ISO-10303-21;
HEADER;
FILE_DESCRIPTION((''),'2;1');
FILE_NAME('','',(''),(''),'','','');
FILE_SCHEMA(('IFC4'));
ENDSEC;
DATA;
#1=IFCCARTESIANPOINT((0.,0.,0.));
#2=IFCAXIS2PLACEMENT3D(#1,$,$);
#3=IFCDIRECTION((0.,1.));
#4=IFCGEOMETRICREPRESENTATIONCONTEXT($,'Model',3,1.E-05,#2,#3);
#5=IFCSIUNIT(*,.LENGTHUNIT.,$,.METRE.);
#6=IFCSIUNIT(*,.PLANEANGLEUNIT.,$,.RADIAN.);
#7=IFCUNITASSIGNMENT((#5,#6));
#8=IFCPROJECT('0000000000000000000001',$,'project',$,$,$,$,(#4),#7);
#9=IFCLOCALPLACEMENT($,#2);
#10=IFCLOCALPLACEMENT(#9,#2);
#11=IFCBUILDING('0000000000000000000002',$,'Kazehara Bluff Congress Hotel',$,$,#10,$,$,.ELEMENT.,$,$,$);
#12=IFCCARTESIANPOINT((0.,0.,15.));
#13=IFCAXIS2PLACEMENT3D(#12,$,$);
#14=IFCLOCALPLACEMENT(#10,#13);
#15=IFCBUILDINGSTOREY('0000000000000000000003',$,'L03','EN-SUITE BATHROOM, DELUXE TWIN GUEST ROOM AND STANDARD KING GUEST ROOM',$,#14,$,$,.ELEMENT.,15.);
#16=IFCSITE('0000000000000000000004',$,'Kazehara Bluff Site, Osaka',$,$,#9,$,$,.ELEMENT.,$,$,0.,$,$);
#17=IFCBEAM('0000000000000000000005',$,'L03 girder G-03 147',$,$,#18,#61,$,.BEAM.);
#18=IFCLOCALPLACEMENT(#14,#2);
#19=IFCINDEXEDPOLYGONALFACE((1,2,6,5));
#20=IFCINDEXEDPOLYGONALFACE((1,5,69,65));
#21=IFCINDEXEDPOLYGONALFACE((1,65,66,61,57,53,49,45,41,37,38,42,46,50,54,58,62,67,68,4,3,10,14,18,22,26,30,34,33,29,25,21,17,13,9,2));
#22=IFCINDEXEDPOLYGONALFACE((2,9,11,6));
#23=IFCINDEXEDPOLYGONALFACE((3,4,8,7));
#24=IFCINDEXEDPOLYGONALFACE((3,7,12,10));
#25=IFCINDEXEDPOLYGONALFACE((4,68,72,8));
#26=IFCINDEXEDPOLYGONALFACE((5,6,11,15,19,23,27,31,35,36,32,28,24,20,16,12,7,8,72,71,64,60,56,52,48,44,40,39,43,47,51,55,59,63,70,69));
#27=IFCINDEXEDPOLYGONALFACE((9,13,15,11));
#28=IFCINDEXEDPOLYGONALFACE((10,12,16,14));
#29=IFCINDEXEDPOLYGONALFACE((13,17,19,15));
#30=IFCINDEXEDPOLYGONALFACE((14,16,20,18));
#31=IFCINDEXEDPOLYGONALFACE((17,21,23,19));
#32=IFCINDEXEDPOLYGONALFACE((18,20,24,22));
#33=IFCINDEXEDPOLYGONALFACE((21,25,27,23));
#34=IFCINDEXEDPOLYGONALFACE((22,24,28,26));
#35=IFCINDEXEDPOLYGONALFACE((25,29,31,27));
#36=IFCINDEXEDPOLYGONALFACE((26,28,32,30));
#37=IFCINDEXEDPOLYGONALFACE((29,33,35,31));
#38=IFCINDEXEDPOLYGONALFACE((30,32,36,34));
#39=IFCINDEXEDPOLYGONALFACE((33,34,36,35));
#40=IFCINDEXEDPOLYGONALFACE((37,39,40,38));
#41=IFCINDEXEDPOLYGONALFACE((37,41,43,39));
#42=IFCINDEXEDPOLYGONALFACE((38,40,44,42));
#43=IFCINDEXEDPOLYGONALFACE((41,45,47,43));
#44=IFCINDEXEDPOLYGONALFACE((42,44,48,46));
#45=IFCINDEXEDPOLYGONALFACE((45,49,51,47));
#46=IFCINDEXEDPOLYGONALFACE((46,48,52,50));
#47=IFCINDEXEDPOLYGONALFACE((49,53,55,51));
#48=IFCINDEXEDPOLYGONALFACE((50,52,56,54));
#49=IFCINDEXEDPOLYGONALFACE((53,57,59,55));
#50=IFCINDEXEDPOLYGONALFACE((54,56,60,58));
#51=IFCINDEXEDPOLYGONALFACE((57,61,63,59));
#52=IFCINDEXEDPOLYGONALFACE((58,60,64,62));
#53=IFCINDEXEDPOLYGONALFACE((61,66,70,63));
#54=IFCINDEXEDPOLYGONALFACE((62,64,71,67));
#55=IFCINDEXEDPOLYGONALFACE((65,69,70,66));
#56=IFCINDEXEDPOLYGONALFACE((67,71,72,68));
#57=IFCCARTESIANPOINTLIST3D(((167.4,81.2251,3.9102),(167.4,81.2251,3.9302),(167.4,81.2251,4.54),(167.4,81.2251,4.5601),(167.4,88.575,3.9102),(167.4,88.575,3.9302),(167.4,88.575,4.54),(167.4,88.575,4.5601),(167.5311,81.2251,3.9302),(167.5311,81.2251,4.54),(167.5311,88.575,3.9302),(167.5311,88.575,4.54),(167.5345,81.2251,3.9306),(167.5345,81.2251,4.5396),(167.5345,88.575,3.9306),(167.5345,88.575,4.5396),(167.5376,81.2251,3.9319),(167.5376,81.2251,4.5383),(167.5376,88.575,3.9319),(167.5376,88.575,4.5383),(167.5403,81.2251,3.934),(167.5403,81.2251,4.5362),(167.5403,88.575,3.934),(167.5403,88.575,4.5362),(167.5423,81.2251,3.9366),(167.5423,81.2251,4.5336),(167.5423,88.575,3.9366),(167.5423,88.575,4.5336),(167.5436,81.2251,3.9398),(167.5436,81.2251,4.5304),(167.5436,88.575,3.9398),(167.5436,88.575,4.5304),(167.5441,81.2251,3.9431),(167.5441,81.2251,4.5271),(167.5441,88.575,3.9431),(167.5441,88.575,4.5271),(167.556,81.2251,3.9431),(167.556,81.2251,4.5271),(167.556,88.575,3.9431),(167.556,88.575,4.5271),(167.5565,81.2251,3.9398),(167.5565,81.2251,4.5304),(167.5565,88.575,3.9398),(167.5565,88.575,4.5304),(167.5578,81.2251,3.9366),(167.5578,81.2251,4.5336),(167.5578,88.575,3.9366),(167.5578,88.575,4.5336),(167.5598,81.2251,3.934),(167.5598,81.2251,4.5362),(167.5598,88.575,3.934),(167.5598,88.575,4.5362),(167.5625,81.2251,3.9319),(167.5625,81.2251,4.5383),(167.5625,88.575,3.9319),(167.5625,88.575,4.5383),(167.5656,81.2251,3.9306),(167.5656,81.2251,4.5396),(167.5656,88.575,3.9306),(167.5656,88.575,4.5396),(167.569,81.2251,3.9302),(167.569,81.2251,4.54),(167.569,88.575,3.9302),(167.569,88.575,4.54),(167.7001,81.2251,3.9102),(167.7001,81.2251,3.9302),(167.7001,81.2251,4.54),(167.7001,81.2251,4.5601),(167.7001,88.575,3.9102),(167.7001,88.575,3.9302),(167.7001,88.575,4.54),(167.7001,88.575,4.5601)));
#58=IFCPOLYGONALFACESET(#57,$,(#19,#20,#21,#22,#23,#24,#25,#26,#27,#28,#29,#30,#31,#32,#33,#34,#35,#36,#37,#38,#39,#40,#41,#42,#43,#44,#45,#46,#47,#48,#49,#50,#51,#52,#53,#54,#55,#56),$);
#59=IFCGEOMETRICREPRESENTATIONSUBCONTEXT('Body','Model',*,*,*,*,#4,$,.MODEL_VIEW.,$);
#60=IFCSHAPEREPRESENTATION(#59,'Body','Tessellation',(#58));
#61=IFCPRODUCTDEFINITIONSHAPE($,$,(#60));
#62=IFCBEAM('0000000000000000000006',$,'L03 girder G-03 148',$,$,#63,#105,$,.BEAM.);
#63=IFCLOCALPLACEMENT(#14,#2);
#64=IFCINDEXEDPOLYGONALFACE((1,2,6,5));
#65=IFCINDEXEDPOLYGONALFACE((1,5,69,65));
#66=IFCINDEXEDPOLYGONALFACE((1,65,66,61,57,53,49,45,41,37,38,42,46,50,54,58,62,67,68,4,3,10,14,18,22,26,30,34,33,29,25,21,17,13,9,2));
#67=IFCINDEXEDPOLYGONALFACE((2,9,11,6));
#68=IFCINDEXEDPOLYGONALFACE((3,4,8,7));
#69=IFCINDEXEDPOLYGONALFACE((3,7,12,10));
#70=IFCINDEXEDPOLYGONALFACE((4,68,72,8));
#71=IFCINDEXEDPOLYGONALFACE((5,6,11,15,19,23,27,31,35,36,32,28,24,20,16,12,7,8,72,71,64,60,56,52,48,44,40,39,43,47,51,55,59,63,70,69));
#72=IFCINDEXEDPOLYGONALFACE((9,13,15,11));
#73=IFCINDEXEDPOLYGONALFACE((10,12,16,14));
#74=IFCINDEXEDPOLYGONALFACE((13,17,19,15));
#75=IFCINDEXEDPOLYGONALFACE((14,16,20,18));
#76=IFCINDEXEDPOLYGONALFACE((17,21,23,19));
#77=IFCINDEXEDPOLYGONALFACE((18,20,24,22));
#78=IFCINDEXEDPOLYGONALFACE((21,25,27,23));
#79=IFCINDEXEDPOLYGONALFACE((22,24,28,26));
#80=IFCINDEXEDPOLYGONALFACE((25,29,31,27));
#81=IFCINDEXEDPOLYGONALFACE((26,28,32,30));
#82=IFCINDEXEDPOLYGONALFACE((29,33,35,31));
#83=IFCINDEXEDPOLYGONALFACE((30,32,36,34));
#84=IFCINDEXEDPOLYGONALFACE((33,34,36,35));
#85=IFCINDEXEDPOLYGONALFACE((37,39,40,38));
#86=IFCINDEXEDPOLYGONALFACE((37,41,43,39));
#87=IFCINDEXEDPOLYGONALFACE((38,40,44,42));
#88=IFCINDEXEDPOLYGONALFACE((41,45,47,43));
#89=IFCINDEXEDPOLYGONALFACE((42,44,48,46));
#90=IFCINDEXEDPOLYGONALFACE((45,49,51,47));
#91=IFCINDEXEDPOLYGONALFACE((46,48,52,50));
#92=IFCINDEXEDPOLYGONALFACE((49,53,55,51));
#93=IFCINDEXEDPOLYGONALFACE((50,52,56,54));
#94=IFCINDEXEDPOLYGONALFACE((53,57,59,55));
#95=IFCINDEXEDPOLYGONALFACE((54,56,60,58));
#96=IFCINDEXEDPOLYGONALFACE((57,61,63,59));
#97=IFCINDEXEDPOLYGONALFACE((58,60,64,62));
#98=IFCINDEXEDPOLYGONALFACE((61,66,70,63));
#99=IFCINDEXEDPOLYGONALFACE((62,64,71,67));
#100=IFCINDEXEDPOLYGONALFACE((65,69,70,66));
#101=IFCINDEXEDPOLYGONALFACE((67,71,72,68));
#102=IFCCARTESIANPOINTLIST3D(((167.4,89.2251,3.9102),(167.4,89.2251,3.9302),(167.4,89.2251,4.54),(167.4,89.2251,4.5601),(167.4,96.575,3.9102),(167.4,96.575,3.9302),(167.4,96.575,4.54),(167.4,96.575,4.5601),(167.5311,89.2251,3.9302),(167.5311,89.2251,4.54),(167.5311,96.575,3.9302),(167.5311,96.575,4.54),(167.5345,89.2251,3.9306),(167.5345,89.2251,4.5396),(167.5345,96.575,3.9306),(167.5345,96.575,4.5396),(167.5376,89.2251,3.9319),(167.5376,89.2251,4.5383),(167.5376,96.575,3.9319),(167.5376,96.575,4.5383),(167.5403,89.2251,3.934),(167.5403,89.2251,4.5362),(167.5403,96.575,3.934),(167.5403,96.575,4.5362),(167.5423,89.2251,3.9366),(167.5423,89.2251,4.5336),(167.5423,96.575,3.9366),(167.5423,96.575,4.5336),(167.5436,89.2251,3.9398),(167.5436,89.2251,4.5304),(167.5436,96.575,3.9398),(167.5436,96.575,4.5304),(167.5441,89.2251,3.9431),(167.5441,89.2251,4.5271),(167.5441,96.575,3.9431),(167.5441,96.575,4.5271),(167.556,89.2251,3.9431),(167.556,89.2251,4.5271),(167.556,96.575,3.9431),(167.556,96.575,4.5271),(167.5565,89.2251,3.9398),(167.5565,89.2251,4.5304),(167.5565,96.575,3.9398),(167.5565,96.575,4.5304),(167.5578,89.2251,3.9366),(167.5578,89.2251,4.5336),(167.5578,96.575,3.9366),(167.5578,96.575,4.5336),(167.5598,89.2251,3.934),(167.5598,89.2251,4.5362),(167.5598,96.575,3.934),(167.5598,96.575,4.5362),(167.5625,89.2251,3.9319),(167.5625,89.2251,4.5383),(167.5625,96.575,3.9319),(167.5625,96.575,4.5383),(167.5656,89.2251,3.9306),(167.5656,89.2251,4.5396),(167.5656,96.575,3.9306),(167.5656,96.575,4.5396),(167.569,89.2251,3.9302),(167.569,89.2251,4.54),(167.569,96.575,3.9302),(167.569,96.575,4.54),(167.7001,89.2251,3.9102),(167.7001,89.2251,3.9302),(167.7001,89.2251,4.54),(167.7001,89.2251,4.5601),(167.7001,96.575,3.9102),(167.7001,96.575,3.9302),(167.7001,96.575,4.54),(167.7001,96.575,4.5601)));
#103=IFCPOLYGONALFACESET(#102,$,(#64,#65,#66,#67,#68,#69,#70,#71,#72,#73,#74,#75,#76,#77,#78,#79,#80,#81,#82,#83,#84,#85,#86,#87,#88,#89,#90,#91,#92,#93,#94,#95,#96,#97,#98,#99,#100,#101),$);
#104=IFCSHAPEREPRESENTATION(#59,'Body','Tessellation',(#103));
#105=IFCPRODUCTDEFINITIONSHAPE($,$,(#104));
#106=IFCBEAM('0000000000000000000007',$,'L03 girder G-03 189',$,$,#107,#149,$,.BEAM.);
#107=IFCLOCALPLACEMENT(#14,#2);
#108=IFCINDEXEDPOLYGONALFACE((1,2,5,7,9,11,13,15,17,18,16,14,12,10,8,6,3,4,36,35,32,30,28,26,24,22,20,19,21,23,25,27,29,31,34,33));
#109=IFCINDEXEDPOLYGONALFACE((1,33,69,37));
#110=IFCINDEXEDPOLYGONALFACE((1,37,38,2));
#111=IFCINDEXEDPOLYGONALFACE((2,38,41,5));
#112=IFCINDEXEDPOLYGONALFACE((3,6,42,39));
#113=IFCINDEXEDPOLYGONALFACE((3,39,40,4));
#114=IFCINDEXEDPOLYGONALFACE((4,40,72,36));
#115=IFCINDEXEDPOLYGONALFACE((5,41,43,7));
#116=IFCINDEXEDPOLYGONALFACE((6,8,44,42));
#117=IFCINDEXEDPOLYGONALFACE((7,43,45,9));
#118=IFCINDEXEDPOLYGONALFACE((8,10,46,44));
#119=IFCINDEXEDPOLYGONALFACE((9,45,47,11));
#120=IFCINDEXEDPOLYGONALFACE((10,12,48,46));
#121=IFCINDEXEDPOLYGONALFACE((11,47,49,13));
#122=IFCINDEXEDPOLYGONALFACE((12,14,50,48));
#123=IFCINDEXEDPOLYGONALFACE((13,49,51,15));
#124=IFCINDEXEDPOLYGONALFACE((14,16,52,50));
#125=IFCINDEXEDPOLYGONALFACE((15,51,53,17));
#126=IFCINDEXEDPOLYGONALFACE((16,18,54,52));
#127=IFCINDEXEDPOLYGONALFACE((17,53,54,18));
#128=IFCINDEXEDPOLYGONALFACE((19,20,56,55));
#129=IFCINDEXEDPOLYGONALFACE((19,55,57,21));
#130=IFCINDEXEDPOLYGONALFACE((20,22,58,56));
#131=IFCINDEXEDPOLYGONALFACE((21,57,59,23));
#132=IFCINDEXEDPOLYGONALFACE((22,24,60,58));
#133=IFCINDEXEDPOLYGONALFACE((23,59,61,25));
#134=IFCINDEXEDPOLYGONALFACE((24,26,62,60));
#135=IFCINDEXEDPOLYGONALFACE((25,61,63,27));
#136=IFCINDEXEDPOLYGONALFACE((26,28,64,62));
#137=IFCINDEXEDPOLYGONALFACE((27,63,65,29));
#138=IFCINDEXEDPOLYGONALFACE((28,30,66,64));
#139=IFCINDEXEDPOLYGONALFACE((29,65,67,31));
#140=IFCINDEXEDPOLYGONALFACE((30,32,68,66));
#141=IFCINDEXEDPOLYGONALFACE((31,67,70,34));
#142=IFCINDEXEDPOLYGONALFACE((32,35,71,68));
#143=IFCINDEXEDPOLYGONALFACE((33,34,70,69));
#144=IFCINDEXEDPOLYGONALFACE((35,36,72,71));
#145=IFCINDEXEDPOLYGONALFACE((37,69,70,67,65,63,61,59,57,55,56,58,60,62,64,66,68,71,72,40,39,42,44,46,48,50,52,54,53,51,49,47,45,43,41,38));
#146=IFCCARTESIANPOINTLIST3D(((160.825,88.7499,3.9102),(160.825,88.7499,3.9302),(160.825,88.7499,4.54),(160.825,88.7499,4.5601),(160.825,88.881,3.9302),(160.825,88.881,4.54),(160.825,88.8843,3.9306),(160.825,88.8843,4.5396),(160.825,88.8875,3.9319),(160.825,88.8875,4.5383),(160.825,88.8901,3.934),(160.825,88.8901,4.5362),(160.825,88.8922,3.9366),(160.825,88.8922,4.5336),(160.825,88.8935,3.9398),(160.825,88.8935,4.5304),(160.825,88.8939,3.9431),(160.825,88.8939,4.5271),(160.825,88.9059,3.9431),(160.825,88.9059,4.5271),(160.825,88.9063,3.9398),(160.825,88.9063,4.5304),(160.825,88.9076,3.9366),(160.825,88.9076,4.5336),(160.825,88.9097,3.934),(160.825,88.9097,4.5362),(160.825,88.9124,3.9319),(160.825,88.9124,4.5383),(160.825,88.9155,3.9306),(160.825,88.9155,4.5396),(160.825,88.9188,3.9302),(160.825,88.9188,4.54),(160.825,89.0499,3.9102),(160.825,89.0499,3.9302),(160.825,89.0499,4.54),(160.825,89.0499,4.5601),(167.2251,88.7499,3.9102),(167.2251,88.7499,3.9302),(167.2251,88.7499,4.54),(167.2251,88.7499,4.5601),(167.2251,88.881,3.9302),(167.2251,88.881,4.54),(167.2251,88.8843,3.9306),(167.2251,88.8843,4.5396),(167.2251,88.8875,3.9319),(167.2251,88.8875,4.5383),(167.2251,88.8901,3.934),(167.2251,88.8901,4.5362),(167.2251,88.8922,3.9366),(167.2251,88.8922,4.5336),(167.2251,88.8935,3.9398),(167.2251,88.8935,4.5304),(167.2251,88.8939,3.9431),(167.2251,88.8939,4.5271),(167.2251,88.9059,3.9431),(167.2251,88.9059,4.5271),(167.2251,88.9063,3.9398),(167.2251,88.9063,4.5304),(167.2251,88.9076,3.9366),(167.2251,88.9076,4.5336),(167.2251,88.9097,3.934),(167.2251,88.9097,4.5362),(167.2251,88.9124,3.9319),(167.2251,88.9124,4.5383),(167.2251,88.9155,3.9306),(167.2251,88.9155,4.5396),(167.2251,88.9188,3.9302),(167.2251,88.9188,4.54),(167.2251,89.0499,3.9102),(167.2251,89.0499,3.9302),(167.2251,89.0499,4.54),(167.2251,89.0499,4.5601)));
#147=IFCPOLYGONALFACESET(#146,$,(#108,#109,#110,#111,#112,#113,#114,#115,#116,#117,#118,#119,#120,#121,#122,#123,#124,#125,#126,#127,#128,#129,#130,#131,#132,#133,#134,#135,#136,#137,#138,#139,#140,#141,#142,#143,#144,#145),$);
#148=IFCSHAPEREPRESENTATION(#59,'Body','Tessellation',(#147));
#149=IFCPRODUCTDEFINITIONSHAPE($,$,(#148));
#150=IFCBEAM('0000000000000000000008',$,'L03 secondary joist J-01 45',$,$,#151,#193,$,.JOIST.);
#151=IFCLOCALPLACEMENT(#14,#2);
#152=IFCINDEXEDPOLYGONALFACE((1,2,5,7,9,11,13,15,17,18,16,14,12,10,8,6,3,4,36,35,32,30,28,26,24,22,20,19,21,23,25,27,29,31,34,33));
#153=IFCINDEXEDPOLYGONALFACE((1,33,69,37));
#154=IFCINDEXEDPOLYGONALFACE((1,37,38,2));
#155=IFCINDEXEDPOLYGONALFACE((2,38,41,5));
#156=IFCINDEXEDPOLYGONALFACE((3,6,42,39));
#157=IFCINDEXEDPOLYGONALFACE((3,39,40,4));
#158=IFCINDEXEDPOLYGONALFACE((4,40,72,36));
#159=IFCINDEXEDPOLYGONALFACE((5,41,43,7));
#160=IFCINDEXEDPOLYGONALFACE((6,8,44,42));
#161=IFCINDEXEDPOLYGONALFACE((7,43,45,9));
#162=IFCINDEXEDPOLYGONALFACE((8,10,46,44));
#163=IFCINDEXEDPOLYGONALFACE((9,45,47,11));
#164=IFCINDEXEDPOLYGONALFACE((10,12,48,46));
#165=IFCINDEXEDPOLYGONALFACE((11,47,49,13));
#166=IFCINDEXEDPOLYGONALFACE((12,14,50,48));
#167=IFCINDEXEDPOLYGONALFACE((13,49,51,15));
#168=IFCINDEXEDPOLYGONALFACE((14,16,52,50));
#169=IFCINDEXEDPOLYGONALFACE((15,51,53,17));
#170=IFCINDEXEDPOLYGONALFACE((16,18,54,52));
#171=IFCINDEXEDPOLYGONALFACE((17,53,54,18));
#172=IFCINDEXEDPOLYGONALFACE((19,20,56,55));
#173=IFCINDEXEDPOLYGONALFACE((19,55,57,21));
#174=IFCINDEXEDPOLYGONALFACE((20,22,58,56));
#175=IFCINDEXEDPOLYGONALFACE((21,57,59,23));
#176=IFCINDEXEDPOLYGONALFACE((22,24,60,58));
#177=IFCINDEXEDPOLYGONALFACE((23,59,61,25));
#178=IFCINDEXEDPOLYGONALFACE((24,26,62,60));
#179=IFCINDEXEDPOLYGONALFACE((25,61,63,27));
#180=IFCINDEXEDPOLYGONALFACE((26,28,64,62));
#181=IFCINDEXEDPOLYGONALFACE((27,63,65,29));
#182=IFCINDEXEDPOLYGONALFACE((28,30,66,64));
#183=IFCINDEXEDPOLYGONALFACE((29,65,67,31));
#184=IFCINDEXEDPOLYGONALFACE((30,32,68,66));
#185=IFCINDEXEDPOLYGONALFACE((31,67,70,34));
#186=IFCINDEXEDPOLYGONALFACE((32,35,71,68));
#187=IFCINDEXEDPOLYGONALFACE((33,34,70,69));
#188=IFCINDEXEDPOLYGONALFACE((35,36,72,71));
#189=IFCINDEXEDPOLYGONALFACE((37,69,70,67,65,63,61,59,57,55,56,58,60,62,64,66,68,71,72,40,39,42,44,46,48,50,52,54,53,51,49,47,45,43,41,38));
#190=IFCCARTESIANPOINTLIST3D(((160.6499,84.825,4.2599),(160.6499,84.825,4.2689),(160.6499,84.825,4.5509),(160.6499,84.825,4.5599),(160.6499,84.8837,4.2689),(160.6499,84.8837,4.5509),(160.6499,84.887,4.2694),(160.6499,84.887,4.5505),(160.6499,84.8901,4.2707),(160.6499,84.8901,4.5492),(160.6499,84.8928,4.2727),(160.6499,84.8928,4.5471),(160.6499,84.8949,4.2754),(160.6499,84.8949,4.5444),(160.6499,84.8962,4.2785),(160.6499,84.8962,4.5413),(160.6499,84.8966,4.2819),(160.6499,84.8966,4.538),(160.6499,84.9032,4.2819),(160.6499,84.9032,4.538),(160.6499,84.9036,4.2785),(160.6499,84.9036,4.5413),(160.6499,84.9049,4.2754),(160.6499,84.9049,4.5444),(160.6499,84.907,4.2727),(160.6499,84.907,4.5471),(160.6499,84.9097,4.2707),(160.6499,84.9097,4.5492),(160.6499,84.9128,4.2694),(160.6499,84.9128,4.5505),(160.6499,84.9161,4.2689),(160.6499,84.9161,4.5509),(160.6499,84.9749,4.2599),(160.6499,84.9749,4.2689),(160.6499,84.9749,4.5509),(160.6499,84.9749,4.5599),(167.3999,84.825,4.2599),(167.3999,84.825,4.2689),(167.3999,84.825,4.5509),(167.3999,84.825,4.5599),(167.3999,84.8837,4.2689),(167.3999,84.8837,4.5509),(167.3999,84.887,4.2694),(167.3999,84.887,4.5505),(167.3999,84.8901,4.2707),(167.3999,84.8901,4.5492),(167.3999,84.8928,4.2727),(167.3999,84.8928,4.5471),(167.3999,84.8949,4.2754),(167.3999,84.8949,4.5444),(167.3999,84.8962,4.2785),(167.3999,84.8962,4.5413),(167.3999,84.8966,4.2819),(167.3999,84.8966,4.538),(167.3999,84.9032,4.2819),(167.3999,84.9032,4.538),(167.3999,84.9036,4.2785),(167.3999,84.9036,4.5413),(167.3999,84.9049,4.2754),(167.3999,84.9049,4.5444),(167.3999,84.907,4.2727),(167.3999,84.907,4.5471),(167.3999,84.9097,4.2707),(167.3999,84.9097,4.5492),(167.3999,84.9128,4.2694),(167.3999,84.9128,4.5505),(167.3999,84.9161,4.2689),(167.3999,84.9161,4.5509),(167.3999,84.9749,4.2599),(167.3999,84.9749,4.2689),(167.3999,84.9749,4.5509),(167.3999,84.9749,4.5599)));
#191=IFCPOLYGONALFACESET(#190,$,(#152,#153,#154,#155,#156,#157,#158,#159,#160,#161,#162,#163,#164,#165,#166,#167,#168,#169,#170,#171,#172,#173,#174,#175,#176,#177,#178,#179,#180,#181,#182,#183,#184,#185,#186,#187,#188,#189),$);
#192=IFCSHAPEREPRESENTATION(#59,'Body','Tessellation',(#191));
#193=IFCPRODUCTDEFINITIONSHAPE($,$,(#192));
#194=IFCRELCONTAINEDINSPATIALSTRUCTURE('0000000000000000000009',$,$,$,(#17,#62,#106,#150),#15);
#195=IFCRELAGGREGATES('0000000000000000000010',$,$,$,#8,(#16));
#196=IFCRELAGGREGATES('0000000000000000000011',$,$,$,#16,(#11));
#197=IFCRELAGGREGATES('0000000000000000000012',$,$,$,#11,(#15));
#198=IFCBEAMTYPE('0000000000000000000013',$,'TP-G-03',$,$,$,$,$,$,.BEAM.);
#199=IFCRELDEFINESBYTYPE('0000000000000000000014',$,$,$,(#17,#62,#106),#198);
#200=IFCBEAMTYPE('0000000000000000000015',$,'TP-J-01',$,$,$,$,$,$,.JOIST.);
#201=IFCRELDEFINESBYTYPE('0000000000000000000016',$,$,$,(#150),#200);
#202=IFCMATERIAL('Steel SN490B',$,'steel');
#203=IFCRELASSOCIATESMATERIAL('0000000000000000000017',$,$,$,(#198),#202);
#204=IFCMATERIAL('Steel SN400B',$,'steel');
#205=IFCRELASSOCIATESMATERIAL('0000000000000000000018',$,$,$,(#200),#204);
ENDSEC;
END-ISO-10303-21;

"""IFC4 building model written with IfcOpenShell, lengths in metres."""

from ifc_helpers import new_model, si_unit, direction, frame, origin, origin_2d, place, context, subcontext, project, spatial, i_section, extrude, material, material_profile, profile_set, type_object, element, save


model = new_model("IFC4")

# Units and contexts
model_context = context("Model", 3, precision=1e-05, world=origin(), true_north=direction((0.0, 1.0)))
body_context = subcontext(model_context, "Body", "Model", "MODEL_VIEW")
ifc_project = project(units=[si_unit("LENGTHUNIT", "METRE"), si_unit("PLANEANGLEUNIT", "RADIAN")], contexts=[model_context])

# Site, building, storey
site_placement = place(None, origin())
site = spatial("IfcSite", under=ifc_project, at=site_placement, Name="Kazehara Bluff Site, Osaka", CompositionType="ELEMENT", RefElevation=0.0)
building_placement = place(site_placement, origin())
building = spatial("IfcBuilding", under=site, at=building_placement, Name="Kazehara Bluff Congress Hotel", CompositionType="ELEMENT")
storey_placement = place(building_placement, frame((0.0, 0.0, 15.0)))
storey = spatial("IfcBuildingStorey", under=building, at=storey_placement, Name="L03", Description="EN-SUITE BATHROOM, DELUXE TWIN GUEST ROOM AND STANDARD KING GUEST ROOM", CompositionType="ELEMENT", Elevation=15.0)

# Beams
ifc_material_1 = material(Name="Steel SN490B", Category="steel")
ifc_material_profile_1 = material_profile(ifc_material_1, i_section(OverallWidth=0.3, OverallDepth=0.6499, WebThickness=0.012, FlangeThickness=0.02, FilletRadius=0.0129, at=origin_2d()))
ifc_profile_set_1 = profile_set([ifc_material_profile_1], Name="Steel SN490B")
beam_type_1 = type_object("IfcBeamType", Name="TP-G-03", PredefinedType="BEAM", material=ifc_profile_set_1)
for number, where, z_axis, x_axis, name in (
    (1, (167.55, 81.2251, 4.2351), (0.0, 1.0, 0.0), (-1.0, 0.0, 0.0), "L03 girder G-03 147"),
    (2, (167.55, 89.2251, 4.2351), (0.0, 1.0, 0.0), (-1.0, 0.0, 0.0), "L03 girder G-03 148"),
):
    element("IfcBeam", number, at=place(storey_placement, frame(where, z_axis=z_axis, x_axis=x_axis)), inside=storey, type_object=beam_type_1, Name=name, PredefinedType="BEAM", context=body_context, shape_type="SweptSolid", body=[
        extrude(i_section(OverallWidth=0.3, OverallDepth=0.6499, WebThickness=0.012, FlangeThickness=0.02, FilletRadius=0.0129, at=origin_2d()), origin(), (0.0, 0.0, 1.0), 7.3499),
    ])
beam_1_placement = place(storey_placement, frame((160.825, 88.8999, 4.2351), z_axis=(1.0, 0.0, 0.0), x_axis=(0.0, 1.0, 0.0)))
element("IfcBeam", 3, at=beam_1_placement, inside=storey, type_object=beam_type_1, Name="L03 girder G-03 189", PredefinedType="BEAM", context=body_context, shape_type="SweptSolid", body=[
    extrude(i_section(OverallWidth=0.3, OverallDepth=0.6499, WebThickness=0.012, FlangeThickness=0.02, FilletRadius=0.0129, at=origin_2d()), origin(), (0.0, 0.0, 1.0), 6.4001),
])
ifc_material_2 = material(Name="Steel SN400B", Category="steel")
ifc_material_profile_2 = material_profile(ifc_material_2, i_section(OverallWidth=0.1499, OverallDepth=0.3, WebThickness=0.0066, FlangeThickness=0.009, FilletRadius=0.0129, at=origin_2d()))
ifc_profile_set_2 = profile_set([ifc_material_profile_2], Name="Steel SN400B")
beam_type_2 = type_object("IfcBeamType", Name="TP-J-01", PredefinedType="JOIST", material=ifc_profile_set_2)
for number, where, z_axis, x_axis, name in (
    (4, (160.6499, 84.8999, 4.4099), (1.0, 0.0, 0.0), (0.0, 1.0, 0.0), "L03 secondary joist J-01 45"),
):
    element("IfcBeam", number, at=place(storey_placement, frame(where, z_axis=z_axis, x_axis=x_axis)), inside=storey, type_object=beam_type_2, Name=name, PredefinedType="JOIST", context=body_context, shape_type="SweptSolid", body=[
        extrude(i_section(OverallWidth=0.1499, OverallDepth=0.3, WebThickness=0.0066, FlangeThickness=0.009, FilletRadius=0.0129, at=origin_2d()), origin(), (0.0, 0.0, 1.0), 6.75),
    ])

save(model, "model.ifc")
